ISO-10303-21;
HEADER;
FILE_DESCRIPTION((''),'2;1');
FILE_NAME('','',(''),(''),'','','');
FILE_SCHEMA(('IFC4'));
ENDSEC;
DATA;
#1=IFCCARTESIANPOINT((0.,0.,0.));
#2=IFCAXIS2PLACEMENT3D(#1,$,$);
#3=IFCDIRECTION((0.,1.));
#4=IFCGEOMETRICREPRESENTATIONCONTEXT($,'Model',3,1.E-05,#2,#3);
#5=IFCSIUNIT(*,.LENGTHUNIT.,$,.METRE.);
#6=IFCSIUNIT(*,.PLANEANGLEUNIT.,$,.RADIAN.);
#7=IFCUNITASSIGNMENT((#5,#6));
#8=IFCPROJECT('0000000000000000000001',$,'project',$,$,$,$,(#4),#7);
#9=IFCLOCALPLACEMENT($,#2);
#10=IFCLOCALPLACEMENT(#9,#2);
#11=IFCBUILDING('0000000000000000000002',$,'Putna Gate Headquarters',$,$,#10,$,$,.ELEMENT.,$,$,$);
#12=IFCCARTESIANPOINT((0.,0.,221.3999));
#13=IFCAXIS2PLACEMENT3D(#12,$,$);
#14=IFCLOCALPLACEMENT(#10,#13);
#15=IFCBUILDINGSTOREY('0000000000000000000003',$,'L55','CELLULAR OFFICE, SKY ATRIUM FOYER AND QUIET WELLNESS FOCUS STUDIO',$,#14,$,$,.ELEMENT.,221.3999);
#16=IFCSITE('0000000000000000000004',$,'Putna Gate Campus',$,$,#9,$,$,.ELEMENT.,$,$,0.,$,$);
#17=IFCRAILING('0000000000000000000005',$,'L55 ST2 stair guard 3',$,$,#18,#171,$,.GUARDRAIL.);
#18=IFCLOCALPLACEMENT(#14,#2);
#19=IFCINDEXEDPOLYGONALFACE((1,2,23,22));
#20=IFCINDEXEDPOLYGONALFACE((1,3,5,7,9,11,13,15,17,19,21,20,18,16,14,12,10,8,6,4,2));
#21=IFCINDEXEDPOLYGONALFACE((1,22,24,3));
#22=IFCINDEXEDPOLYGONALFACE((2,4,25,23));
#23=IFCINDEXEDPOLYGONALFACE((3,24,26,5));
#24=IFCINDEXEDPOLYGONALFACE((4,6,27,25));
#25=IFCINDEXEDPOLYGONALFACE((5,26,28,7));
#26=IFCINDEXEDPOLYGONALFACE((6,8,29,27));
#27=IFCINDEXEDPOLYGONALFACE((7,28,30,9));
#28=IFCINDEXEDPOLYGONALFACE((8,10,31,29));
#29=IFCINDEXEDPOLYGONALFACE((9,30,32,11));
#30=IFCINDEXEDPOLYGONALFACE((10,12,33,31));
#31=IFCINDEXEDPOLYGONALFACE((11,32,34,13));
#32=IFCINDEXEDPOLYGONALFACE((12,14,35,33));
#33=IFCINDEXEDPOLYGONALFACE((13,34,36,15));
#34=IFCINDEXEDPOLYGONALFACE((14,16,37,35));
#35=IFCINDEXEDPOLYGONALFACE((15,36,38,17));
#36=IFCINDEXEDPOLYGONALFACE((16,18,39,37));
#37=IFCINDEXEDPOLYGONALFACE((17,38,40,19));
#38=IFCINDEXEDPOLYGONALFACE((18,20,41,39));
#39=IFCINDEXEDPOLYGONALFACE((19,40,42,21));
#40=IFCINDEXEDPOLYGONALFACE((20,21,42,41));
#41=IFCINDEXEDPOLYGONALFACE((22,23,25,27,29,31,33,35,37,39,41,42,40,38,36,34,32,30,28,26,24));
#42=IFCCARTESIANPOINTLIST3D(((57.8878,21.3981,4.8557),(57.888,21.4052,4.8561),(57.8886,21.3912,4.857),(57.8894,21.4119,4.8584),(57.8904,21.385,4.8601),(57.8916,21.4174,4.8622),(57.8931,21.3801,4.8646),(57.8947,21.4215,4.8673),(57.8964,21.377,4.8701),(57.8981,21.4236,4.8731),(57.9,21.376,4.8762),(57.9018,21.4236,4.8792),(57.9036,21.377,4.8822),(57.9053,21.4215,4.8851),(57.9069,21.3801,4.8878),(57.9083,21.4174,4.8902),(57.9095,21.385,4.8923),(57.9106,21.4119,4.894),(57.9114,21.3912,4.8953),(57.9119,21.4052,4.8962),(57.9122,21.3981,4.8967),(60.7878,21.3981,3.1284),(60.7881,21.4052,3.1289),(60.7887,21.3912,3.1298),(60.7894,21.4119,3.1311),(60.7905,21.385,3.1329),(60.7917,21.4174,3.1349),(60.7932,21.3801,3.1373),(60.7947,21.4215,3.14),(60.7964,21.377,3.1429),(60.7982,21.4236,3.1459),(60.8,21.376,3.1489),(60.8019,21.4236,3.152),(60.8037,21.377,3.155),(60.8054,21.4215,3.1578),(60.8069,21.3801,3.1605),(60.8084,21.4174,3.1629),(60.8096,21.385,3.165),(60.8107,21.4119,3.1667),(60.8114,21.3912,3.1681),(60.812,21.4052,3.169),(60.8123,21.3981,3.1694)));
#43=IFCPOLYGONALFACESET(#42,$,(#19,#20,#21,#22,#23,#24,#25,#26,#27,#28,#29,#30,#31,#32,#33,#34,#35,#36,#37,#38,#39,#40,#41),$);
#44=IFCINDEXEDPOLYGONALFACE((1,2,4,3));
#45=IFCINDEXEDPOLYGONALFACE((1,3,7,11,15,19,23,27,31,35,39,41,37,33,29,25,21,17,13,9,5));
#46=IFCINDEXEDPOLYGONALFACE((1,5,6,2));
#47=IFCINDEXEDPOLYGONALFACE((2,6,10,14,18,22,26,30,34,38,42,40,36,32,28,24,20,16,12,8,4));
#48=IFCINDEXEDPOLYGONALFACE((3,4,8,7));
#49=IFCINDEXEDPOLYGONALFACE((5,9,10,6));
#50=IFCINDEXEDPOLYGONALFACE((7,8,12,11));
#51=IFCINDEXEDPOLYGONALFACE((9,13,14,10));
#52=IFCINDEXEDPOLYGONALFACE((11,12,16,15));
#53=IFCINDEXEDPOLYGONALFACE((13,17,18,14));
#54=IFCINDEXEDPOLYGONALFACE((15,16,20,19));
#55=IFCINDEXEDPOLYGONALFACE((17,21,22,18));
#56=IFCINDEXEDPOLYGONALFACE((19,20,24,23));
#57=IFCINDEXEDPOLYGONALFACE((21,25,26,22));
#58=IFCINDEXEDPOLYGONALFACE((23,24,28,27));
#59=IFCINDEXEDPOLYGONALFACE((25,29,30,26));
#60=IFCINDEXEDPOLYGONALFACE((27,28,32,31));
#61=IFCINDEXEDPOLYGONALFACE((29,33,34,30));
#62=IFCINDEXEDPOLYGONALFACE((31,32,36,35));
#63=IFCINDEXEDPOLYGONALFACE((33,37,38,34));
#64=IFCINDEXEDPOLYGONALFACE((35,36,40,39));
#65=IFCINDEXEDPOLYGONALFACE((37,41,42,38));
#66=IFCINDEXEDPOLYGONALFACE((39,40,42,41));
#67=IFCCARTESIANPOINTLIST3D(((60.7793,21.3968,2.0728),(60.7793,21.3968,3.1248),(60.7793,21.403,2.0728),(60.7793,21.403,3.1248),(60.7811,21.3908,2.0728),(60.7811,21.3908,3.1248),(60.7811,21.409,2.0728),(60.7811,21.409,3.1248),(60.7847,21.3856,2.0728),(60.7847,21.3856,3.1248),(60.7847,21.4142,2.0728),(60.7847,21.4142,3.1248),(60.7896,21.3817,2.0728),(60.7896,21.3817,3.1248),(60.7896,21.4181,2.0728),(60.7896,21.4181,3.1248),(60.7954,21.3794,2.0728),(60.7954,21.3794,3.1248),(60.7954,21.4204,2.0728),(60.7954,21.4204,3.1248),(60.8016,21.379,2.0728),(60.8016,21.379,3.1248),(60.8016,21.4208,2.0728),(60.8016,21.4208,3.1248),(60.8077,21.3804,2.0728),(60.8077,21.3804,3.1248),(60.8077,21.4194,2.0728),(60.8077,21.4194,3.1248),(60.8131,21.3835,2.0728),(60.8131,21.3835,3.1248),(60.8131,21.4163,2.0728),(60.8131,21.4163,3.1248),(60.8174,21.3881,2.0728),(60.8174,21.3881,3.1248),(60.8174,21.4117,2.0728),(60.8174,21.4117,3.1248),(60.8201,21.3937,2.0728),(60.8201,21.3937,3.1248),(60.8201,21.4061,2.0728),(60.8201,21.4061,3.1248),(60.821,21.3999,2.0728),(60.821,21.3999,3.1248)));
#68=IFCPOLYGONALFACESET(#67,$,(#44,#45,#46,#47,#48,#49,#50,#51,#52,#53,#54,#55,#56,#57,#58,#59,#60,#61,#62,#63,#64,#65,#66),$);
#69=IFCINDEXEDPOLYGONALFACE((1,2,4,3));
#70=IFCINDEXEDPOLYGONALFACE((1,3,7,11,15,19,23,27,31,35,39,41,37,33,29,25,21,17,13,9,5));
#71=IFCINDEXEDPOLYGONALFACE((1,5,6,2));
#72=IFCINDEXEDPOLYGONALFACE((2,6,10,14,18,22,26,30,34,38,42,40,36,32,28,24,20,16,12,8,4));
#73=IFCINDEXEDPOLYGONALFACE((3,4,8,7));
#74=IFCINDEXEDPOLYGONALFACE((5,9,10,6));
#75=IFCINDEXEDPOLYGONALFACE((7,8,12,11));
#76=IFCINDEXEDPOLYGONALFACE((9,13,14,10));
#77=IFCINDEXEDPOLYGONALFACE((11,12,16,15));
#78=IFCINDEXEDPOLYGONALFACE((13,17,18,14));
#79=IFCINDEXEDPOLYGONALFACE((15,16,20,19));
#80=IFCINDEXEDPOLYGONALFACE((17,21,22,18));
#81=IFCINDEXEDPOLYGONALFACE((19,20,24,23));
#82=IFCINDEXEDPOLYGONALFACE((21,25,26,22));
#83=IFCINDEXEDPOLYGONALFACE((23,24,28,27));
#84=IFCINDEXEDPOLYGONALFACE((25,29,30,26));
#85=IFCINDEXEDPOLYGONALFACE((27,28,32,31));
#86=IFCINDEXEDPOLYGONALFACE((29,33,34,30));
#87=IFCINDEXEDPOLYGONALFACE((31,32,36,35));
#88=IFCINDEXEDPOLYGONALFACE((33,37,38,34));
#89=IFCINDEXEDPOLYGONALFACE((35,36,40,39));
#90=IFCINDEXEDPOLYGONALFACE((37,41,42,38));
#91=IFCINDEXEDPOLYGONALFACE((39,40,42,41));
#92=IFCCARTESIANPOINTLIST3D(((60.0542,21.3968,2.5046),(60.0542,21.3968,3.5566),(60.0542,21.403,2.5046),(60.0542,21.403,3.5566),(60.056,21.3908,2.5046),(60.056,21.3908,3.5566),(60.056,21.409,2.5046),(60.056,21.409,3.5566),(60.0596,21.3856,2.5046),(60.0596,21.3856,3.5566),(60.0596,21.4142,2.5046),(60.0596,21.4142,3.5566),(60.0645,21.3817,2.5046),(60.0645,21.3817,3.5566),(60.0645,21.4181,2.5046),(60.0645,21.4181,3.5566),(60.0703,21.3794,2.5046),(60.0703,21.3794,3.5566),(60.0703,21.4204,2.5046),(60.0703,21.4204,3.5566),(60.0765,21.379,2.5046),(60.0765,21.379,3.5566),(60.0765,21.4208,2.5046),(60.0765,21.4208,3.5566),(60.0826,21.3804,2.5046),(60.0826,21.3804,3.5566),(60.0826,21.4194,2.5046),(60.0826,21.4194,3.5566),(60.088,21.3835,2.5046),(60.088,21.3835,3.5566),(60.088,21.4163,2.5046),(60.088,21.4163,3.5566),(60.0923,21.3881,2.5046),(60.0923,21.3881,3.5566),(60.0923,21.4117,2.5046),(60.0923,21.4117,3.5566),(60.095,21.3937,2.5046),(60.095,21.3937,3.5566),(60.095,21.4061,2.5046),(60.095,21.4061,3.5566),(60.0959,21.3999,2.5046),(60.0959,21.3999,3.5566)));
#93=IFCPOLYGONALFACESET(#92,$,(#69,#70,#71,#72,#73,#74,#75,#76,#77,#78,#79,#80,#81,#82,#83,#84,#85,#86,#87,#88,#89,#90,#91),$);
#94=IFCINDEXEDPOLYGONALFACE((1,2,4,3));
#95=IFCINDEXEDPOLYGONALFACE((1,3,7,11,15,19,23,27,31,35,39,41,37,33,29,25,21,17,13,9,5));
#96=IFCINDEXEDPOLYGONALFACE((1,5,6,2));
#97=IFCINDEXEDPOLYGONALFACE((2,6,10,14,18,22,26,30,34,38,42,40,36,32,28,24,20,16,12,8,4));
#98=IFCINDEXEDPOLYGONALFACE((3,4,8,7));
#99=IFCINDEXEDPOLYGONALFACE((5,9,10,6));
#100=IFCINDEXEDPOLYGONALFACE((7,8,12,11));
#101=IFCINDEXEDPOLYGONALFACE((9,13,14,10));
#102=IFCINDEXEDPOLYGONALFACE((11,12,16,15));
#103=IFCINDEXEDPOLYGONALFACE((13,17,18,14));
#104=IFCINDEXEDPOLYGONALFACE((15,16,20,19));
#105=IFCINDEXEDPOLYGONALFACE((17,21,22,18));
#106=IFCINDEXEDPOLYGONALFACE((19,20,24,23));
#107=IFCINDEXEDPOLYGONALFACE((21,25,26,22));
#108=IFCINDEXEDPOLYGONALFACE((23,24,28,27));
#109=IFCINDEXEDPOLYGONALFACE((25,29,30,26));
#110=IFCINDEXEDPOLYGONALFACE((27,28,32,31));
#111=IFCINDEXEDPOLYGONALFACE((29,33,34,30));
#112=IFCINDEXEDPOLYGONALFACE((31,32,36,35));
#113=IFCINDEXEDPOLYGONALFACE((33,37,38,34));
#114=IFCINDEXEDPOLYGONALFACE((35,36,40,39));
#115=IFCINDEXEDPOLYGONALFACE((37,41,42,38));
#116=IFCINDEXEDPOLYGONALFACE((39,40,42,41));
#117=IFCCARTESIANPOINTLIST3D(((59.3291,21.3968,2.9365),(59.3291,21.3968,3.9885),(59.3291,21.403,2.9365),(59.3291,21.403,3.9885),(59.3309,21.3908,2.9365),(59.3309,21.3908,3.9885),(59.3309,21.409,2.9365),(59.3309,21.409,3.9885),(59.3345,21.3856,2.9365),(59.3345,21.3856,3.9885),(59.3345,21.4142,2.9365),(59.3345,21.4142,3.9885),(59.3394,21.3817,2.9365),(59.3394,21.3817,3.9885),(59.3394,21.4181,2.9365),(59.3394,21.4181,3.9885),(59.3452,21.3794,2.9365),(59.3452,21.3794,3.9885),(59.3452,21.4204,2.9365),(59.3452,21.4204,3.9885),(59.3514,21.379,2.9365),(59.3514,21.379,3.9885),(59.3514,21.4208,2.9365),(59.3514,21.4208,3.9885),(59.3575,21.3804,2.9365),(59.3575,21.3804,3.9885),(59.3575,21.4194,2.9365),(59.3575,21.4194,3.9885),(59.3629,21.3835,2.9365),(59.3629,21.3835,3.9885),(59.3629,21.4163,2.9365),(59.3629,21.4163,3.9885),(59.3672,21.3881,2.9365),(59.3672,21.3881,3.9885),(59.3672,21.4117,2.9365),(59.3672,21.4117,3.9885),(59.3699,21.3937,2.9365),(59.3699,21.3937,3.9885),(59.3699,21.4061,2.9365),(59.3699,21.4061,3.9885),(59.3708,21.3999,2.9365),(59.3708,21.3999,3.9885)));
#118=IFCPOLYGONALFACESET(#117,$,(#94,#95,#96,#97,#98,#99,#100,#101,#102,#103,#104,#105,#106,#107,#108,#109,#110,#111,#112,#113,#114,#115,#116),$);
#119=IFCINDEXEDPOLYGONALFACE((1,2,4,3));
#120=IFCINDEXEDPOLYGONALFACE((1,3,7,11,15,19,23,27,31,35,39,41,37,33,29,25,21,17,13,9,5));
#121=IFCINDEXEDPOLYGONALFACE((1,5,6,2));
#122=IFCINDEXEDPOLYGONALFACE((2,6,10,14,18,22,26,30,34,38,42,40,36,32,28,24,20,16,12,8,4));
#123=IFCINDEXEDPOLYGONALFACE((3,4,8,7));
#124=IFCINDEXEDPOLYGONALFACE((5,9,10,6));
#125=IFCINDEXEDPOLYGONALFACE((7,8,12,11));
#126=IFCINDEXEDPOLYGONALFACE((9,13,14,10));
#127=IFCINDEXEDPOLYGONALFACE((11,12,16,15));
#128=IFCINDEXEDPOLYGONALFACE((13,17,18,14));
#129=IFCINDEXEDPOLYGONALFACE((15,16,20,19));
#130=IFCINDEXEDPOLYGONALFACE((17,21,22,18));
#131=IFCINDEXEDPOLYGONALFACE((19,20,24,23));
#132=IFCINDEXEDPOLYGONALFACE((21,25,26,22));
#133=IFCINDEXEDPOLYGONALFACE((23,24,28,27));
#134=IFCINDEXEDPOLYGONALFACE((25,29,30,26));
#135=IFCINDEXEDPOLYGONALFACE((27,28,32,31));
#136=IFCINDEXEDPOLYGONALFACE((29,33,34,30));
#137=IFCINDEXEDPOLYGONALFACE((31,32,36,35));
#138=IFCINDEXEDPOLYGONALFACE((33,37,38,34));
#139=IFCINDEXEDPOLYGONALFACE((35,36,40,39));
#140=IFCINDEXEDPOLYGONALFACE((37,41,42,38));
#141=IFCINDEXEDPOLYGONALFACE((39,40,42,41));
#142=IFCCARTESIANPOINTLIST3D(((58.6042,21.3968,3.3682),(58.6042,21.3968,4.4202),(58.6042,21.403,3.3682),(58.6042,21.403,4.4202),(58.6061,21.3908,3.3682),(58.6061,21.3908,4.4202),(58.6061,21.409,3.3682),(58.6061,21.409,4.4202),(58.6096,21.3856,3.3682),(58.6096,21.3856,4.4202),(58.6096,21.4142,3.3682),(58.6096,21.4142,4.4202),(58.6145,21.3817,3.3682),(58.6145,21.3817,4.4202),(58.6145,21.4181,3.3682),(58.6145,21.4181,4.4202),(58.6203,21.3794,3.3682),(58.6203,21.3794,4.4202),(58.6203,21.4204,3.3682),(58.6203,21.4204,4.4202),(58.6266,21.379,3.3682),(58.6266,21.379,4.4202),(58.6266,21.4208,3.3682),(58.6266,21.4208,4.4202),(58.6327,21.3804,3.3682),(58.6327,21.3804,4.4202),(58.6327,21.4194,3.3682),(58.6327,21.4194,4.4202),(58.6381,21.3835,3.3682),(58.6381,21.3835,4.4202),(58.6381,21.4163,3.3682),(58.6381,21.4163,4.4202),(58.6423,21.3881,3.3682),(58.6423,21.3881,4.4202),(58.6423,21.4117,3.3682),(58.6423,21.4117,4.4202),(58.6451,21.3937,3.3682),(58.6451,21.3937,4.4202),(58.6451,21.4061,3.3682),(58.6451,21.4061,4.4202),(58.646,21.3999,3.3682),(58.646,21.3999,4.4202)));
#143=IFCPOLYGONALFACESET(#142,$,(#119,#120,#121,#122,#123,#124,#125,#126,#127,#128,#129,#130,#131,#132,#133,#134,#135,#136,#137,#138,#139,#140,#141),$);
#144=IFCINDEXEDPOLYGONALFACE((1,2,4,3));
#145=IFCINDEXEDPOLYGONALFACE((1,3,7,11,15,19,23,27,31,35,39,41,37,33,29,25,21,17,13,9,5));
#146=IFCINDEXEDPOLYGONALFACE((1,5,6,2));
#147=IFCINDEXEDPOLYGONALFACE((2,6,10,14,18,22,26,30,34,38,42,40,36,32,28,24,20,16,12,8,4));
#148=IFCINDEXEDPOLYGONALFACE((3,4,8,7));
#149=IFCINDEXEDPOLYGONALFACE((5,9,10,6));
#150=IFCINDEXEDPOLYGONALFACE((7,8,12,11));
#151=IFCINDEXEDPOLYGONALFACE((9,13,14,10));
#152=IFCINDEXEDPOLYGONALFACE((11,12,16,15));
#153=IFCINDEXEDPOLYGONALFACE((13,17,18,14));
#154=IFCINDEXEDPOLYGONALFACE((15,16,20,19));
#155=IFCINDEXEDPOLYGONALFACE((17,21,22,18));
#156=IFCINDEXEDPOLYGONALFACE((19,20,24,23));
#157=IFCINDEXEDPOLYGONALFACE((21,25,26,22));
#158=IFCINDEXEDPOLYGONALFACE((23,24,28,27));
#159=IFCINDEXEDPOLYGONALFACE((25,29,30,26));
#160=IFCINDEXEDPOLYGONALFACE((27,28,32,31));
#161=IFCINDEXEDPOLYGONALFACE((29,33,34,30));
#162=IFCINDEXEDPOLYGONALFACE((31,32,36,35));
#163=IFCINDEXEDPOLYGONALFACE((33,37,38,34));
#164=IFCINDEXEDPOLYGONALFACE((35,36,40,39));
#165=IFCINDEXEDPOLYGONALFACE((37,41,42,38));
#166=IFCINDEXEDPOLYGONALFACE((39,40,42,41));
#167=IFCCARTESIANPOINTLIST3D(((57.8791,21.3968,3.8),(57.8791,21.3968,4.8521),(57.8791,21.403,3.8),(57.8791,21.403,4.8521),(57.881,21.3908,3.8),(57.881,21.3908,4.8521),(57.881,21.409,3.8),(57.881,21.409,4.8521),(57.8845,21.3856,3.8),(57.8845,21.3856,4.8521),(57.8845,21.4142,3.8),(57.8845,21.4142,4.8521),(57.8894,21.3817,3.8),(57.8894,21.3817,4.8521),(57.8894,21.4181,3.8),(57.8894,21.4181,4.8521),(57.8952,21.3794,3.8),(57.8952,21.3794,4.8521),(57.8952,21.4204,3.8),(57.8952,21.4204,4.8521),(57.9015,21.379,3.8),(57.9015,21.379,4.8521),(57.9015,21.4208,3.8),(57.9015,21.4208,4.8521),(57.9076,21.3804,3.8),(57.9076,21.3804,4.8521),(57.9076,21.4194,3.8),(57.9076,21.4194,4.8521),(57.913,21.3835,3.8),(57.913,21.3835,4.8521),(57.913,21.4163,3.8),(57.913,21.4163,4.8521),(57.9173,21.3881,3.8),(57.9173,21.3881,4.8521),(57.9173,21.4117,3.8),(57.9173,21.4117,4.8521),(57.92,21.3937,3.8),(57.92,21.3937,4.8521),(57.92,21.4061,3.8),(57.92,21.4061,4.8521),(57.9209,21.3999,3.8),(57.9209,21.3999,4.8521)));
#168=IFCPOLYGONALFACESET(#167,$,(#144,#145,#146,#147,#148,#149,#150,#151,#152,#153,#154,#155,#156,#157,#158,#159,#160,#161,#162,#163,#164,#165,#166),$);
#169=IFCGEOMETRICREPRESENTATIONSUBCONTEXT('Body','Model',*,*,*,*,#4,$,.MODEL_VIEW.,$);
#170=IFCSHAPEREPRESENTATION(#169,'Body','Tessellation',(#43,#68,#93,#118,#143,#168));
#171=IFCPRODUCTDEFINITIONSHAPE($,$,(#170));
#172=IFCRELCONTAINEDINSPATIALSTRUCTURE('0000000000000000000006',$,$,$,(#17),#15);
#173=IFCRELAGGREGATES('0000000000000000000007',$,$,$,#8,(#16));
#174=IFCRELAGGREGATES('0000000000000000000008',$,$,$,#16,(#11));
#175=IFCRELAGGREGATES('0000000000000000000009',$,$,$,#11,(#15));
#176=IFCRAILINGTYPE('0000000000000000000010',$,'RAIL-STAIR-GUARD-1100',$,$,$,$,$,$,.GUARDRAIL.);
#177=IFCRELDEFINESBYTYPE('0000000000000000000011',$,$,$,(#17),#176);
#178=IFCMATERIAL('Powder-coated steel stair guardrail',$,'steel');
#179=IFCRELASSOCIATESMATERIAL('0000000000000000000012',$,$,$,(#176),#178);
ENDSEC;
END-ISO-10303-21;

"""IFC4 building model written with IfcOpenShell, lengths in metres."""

from ifc_helpers import new_model, si_unit, direction, frame, origin, origin_2d, place, context, subcontext, project, spatial, circle, extrude, material, type_object, element, save


model = new_model("IFC4")

# Units and contexts
model_context = context("Model", 3, precision=1e-05, world=origin(), true_north=direction((0.0, 1.0)))
body_context = subcontext(model_context, "Body", "Model", "MODEL_VIEW")
ifc_project = project(units=[si_unit("LENGTHUNIT", "METRE"), si_unit("PLANEANGLEUNIT", "RADIAN")], contexts=[model_context])

# Site, building, storey
site_placement = place(None, origin())
site = spatial("IfcSite", under=ifc_project, at=site_placement, Name="Putna Gate Campus", CompositionType="ELEMENT", RefElevation=0.0)
building_placement = place(site_placement, origin())
building = spatial("IfcBuilding", under=site, at=building_placement, Name="Putna Gate Headquarters", CompositionType="ELEMENT")
storey_placement = place(building_placement, frame((0.0, 0.0, 221.3999)))
storey = spatial("IfcBuildingStorey", under=building, at=storey_placement, Name="L55", Description="CELLULAR OFFICE, SKY ATRIUM FOYER AND QUIET WELLNESS FOCUS STUDIO", CompositionType="ELEMENT", Elevation=221.3999)

# Railing
ifc_material_1 = material(Name="Powder-coated steel stair guardrail", Category="steel")
railing_type_1 = type_object("IfcRailingType", Name="RAIL-STAIR-GUARD-1100", PredefinedType="GUARDRAIL", material=ifc_material_1)
railing_1_placement = place(storey_placement, frame((60.8, 21.3999, 2.0728)))
element("IfcRailing", 1, at=railing_1_placement, inside=storey, type_object=railing_type_1, Name="L55 ST2 stair guard 3", PredefinedType="GUARDRAIL", context=body_context, shape_type="SweptSolid", body=[
    extrude(circle(Radius=0.0239, at=origin_2d()), frame((0.0, 0.0, 1.0762), z_axis=(-0.85916, 0.0, 0.511706), x_axis=(0.0, -1.0, 0.0)), (0.0, 0.0, 1.0), 3.3755),
    extrude(circle(Radius=0.021, at=origin_2d()), origin(), (0.0, 0.0, 1.0), 1.052),
    extrude(circle(Radius=0.021, at=origin_2d()), frame((-0.7251, 0.0, 0.4319)), (0.0, 0.0, 1.0), 1.052),
    extrude(circle(Radius=0.021, at=origin_2d()), frame((-1.4502, 0.0, 0.8638)), (0.0, 0.0, 1.0), 1.052),
    extrude(circle(Radius=0.021, at=origin_2d()), frame((-2.175, 0.0, 1.2954)), (0.0, 0.0, 1.0), 1.052),
    extrude(circle(Radius=0.021, at=origin_2d()), frame((-2.9001, 0.0, 1.7273)), (0.0, 0.0, 1.0), 1.052),
])

save(model, "model.ifc")
